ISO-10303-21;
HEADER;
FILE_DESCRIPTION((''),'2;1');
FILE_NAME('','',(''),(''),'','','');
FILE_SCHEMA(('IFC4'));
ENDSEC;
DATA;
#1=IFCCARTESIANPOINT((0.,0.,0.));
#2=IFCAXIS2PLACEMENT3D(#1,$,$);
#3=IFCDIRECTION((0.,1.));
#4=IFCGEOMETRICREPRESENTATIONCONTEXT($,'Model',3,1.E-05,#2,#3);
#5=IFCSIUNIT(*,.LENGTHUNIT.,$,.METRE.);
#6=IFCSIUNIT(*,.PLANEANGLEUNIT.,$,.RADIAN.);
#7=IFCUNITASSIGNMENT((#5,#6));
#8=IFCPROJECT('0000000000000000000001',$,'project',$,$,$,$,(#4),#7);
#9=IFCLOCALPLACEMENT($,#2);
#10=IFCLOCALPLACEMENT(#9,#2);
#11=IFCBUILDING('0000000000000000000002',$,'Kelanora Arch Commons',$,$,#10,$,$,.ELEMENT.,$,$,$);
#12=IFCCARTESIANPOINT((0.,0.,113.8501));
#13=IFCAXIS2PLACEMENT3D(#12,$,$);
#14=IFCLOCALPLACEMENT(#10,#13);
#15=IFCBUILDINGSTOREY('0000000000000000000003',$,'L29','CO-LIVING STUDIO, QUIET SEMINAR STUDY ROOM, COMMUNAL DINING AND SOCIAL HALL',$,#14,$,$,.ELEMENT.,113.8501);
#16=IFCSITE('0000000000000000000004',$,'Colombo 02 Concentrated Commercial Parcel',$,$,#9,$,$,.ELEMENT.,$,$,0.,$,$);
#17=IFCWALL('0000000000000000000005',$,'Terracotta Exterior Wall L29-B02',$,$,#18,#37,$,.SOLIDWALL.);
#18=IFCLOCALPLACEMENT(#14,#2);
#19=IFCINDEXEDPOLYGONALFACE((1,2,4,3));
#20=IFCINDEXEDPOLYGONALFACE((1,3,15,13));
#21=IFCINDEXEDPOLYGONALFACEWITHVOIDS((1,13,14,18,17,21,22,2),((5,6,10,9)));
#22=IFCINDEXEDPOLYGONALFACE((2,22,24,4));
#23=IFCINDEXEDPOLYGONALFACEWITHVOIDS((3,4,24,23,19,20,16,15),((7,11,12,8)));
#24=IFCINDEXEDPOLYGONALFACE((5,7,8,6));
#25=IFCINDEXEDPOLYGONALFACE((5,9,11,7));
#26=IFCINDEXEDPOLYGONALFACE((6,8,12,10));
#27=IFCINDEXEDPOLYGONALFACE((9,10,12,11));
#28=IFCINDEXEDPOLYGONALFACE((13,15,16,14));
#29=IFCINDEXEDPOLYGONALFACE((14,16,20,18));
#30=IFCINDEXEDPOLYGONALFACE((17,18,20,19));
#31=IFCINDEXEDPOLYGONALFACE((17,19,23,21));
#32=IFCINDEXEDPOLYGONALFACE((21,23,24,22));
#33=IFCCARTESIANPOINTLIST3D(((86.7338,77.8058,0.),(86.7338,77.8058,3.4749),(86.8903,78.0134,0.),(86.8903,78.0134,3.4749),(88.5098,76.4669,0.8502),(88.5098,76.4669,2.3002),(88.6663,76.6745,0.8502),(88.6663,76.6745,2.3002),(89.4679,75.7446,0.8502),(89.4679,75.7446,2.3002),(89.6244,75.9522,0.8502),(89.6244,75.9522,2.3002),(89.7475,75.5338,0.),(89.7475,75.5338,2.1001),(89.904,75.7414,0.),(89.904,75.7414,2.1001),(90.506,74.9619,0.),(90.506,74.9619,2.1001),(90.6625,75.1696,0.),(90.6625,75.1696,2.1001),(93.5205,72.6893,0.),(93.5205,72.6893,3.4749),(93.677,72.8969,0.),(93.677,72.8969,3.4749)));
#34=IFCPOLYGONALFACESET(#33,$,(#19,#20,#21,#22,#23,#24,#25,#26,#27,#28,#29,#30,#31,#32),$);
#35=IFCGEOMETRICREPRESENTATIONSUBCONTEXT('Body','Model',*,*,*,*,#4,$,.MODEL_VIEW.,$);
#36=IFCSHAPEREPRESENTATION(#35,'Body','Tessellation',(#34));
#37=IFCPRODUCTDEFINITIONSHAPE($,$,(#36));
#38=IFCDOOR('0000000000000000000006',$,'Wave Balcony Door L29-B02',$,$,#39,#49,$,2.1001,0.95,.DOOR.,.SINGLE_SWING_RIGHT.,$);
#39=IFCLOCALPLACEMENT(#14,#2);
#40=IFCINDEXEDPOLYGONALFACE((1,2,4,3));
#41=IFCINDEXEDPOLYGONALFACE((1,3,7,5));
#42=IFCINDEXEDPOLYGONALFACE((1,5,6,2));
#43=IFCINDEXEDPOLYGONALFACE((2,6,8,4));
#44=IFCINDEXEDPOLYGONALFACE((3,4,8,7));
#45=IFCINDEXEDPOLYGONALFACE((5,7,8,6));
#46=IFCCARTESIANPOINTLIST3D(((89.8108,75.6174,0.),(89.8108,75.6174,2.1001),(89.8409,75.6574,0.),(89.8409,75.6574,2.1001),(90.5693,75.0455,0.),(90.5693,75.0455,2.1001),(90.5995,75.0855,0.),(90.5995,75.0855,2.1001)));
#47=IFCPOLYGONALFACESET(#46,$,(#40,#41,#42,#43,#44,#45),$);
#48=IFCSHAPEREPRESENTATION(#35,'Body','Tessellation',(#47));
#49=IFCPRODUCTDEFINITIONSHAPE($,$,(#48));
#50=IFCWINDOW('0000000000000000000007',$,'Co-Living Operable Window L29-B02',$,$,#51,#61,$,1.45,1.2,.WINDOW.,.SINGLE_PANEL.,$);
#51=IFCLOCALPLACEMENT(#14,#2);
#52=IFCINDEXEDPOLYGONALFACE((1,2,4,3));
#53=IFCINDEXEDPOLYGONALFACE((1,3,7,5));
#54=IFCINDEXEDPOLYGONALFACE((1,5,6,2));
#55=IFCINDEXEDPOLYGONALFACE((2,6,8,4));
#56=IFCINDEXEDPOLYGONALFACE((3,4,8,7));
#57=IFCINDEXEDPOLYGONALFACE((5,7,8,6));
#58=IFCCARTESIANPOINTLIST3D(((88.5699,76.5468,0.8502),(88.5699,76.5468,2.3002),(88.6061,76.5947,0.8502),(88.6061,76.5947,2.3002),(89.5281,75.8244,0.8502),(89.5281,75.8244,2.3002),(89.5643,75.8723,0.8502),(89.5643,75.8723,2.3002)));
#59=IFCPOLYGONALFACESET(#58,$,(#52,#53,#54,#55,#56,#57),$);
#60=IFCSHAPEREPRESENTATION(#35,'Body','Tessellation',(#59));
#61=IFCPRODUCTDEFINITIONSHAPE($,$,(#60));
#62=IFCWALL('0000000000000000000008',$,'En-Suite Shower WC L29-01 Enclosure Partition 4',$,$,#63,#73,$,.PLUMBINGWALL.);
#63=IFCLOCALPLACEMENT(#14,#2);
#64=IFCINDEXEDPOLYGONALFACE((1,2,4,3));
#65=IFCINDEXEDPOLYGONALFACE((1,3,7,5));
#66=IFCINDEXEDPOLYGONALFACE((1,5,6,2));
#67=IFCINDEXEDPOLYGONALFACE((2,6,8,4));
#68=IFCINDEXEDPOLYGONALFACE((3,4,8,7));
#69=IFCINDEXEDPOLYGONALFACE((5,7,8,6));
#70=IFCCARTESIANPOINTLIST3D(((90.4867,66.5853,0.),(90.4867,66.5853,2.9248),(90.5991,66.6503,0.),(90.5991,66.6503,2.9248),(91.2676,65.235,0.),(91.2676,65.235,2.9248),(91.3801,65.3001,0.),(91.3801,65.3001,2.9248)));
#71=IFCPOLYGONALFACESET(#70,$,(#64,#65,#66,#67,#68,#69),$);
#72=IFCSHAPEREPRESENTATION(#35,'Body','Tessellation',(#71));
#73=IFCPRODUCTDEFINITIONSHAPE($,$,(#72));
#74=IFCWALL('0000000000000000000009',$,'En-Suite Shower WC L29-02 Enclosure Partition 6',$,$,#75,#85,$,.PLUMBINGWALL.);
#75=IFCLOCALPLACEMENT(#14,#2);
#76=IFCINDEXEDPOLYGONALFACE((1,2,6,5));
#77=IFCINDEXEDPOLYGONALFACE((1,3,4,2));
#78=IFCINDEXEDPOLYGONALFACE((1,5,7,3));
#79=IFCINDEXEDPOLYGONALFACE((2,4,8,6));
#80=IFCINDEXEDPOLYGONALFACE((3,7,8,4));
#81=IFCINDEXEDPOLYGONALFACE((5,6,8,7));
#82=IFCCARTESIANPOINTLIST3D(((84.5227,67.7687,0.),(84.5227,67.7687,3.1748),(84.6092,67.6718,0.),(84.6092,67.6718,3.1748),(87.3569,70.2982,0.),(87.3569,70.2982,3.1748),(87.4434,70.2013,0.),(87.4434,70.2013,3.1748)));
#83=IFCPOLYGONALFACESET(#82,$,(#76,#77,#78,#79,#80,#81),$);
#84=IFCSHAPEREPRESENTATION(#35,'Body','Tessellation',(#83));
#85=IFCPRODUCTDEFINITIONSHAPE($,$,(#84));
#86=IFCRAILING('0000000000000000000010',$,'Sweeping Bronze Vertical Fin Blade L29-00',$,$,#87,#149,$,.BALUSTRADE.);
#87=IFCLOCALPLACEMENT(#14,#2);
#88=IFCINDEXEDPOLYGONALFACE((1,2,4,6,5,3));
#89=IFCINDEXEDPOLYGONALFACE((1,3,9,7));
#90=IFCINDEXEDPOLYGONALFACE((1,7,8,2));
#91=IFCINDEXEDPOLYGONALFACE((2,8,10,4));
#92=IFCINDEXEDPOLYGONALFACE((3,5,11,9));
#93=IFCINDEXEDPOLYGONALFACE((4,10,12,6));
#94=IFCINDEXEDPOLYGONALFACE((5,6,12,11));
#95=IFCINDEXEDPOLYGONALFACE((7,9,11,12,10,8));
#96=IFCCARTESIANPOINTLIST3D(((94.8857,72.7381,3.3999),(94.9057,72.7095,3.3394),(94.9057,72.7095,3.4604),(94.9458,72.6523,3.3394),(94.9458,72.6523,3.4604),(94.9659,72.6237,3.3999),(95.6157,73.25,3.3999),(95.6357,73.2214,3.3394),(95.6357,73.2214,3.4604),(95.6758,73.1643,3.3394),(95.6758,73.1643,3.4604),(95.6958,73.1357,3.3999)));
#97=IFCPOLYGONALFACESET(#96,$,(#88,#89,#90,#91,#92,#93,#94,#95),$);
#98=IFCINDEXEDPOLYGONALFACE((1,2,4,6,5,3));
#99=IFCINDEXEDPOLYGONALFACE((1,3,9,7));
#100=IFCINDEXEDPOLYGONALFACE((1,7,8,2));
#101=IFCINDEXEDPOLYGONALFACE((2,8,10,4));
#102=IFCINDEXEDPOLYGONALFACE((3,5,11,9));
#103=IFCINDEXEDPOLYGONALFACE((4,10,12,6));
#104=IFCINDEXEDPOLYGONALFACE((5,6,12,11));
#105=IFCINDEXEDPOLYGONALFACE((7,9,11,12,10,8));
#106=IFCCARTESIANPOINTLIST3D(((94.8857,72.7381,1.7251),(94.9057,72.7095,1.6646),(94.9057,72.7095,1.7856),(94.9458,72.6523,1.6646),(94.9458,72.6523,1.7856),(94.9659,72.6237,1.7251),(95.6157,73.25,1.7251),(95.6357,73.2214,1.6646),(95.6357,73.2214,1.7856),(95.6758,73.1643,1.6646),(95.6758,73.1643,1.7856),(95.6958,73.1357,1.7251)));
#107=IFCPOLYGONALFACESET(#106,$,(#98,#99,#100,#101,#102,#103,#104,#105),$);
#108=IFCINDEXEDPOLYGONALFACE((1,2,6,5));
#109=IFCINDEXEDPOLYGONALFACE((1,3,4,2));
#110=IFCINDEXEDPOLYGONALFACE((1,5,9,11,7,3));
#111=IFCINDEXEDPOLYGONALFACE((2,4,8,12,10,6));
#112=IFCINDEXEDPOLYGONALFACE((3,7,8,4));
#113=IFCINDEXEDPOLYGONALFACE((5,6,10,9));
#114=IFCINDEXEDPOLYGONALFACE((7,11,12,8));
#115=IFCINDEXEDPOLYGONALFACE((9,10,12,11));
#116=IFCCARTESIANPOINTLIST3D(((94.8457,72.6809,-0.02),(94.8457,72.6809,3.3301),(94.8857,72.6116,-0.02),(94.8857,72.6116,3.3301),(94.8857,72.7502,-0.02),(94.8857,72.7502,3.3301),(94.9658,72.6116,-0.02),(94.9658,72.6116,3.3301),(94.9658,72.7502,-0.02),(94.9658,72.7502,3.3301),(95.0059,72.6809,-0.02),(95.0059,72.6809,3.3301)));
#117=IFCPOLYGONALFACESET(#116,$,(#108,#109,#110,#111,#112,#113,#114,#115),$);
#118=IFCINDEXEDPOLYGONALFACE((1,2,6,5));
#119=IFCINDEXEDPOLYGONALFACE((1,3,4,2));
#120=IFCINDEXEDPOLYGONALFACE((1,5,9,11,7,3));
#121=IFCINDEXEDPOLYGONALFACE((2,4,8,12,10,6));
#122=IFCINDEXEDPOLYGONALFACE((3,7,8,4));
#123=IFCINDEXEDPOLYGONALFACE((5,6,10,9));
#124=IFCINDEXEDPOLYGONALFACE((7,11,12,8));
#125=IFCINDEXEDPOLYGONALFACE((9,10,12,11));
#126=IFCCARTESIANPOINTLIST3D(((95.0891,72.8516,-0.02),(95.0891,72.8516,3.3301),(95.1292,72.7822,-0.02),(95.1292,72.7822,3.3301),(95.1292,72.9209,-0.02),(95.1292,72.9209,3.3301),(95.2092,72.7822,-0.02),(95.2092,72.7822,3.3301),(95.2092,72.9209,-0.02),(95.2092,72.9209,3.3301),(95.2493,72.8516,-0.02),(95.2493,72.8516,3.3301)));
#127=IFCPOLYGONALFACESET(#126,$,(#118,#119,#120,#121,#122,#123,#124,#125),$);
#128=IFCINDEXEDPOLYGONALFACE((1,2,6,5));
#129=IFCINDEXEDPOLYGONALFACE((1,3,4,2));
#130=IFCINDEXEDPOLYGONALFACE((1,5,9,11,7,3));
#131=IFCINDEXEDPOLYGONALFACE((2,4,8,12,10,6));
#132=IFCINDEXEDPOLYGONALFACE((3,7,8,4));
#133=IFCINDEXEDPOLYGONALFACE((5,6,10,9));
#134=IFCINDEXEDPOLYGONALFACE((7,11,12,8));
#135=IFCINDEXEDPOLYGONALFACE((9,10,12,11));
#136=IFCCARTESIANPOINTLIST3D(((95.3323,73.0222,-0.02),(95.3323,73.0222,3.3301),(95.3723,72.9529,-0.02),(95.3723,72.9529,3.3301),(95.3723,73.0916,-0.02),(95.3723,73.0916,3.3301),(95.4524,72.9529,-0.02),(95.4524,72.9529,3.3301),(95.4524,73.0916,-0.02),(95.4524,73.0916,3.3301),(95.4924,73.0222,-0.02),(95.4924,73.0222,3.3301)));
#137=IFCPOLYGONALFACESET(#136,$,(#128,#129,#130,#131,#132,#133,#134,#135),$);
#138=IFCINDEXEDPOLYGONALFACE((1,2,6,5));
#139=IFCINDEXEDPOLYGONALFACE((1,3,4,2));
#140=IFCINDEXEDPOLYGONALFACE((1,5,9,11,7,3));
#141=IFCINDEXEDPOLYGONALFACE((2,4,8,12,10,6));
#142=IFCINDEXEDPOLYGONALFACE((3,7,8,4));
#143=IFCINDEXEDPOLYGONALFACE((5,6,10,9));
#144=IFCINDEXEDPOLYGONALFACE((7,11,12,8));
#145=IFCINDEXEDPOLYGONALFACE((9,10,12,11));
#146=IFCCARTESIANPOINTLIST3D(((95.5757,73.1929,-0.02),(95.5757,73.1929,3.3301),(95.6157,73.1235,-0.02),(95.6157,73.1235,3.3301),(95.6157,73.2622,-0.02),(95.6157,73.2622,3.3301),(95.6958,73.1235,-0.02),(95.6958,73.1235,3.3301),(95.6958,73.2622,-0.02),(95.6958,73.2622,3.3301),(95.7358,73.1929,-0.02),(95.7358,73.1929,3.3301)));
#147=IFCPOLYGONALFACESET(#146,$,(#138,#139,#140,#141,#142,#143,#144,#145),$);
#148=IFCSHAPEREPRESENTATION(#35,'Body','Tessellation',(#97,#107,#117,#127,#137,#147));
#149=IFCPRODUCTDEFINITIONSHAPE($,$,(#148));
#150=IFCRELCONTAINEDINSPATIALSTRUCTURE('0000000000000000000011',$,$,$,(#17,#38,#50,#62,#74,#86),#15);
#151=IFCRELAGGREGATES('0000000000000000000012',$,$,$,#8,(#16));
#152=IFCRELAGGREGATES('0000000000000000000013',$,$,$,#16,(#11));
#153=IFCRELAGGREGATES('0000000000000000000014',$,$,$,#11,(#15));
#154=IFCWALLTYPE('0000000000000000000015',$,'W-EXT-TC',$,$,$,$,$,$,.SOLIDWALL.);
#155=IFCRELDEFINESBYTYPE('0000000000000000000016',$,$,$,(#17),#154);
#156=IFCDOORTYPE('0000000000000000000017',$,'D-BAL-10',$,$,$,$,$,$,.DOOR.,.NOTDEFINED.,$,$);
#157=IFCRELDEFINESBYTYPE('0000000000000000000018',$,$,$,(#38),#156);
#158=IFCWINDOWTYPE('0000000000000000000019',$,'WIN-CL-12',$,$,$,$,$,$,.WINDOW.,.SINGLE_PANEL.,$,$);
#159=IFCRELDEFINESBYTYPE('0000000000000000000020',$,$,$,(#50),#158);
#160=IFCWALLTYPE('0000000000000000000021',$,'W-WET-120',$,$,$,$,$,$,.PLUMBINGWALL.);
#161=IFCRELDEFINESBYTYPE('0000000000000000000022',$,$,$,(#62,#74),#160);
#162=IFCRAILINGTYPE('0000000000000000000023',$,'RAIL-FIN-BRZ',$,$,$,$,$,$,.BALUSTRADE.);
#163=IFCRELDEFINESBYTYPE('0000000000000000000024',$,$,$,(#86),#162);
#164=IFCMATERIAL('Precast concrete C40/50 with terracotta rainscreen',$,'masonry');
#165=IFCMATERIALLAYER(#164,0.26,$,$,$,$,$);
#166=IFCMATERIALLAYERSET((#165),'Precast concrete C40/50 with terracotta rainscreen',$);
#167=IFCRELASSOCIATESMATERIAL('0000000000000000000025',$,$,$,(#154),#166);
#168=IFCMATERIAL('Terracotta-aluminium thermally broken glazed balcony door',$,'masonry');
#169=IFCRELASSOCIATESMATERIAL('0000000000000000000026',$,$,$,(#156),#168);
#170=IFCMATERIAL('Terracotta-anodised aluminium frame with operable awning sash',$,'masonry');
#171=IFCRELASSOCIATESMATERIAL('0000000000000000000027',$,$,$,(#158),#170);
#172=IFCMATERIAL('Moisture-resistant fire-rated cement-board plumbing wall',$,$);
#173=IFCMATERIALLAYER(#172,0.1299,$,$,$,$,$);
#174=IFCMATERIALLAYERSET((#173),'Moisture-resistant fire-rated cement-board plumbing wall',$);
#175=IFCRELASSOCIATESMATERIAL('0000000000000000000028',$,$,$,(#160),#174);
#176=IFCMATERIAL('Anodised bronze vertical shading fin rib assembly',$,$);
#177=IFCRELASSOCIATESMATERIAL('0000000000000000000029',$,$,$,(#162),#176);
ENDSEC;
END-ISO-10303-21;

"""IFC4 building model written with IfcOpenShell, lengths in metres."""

from ifc_helpers import new_model, si_unit, direction, frame, frame_2d, origin, place, context, subcontext, project, spatial, polyline, rectangle, outline, extrude, material, layer, layer_set, type_object, element, fill, save


model = new_model("IFC4")

# Units and contexts
model_context = context("Model", 3, precision=1e-05, world=origin(), true_north=direction((0.0, 1.0)))
body_context = subcontext(model_context, "Body", "Model", "MODEL_VIEW")
ifc_project = project(units=[si_unit("LENGTHUNIT", "METRE"), si_unit("PLANEANGLEUNIT", "RADIAN")], contexts=[model_context])

# Site, building, storey
site_placement = place(None, origin())
site = spatial("IfcSite", under=ifc_project, at=site_placement, Name="Colombo 02 Concentrated Commercial Parcel", CompositionType="ELEMENT", RefElevation=0.0)
building_placement = place(site_placement, origin())
building = spatial("IfcBuilding", under=site, at=building_placement, Name="Kelanora Arch Commons", CompositionType="ELEMENT")
storey_placement = place(building_placement, frame((0.0, 0.0, 113.8501)))
storey = spatial("IfcBuildingStorey", under=building, at=storey_placement, Name="L29", Description="CO-LIVING STUDIO, QUIET SEMINAR STUDY ROOM, COMMUNAL DINING AND SOCIAL HALL", CompositionType="ELEMENT", Elevation=113.8501)

# Wall, openings, door, window
ifc_material_1 = material(Name="Precast concrete C40/50 with terracotta rainscreen", Category="masonry")
ifc_layer_1 = layer(ifc_material_1, 0.26)
ifc_layer_set_1 = layer_set([ifc_layer_1], Name="Precast concrete C40/50 with terracotta rainscreen")
wall_type_1 = type_object("IfcWallType", Name="W-EXT-TC", PredefinedType="SOLIDWALL", material=ifc_layer_set_1)
ifc_material_2 = material(Name="Terracotta-aluminium thermally broken glazed balcony door", Category="masonry")
door_type = type_object("IfcDoorType", Name="D-BAL-10", OperationType="NOTDEFINED", PredefinedType="DOOR", material=ifc_material_2)
ifc_material_3 = material(Name="Terracotta-anodised aluminium frame with operable awning sash", Category="masonry")
window_type = type_object("IfcWindowType", Name="WIN-CL-12", PartitioningType="SINGLE_PANEL", PredefinedType="WINDOW", material=ifc_material_3)
wall_1_placement = place(storey_placement, frame((93.5986, 72.7932, 0.0), z_axis=(0.0, 0.0, 1.0), x_axis=(-0.798502, 0.601993, 0.0)))
wall_1 = element("IfcWall", 1, at=wall_1_placement, inside=storey, type_object=wall_type_1, Name="Terracotta Exterior Wall L29-B02", PredefinedType="SOLIDWALL", context=body_context, shape_type="SweptSolid", body=[
    extrude(rectangle(XDim=8.4993, YDim=0.26, at=frame_2d((4.2495, 0.0))), origin(), (0.0, 0.0, 1.0), 3.4749),
])
opening_1_placement = place(wall_1_placement, frame((3.7749, 0.0, 0.0)))
opening_1 = element("IfcOpeningElement", 2, at=opening_1_placement, cuts=wall_1, PredefinedType="OPENING", context=body_context, shape_type="SweptSolid", body=[
    extrude(rectangle(XDim=0.95, YDim=2.1001, at=frame_2d((0.4751, 1.05))), frame((0.0, 0.1401, 0.0), z_axis=(0.0, -1.0, 0.0), x_axis=(1.0, 0.0, 0.0)), (0.0, 0.0, 1.0), 0.28),
])
opening_2_placement = place(wall_1_placement, frame((5.075, 0.0, 0.8501)))
opening_2 = element("IfcOpeningElement", 3, at=opening_2_placement, cuts=wall_1, PredefinedType="OPENING", context=body_context, shape_type="SweptSolid", body=[
    extrude(rectangle(XDim=1.2, YDim=1.45, at=frame_2d((0.6001, 0.7251))), frame((0.0, 0.1401, 0.0), z_axis=(0.0, -1.0, 0.0), x_axis=(1.0, 0.0, 0.0)), (0.0, 0.0, 1.0), 0.28),
])
door_1_placement = place(opening_1_placement, frame((0.95, 0.0, 0.0), z_axis=(0.0, 0.0, 1.0), x_axis=(-1.0, 0.0, 0.0)))
door_1 = element("IfcDoor", 4, at=door_1_placement, inside=storey, type_object=door_type, Name="Wave Balcony Door L29-B02", OperationType="SINGLE_SWING_RIGHT", OverallHeight=2.1001, OverallWidth=0.95, PredefinedType="DOOR", context=body_context, shape_type="SweptSolid", body=[
    extrude(rectangle(XDim=0.95, YDim=2.1001, at=frame_2d((0.4751, 1.05))), frame((0.0, 0.0249, 0.0), z_axis=(0.0, -1.0, 0.0), x_axis=(1.0, 0.0, 0.0)), (0.0, 0.0, 1.0), 0.05),
])
fill(opening_1, door_1)
window_1_placement = place(opening_2_placement, origin())
window_1 = element("IfcWindow", 5, at=window_1_placement, inside=storey, type_object=window_type, Name="Co-Living Operable Window L29-B02", OverallHeight=1.45, OverallWidth=1.2, PartitioningType="SINGLE_PANEL", PredefinedType="WINDOW", context=body_context, shape_type="SweptSolid", body=[
    extrude(rectangle(XDim=1.2, YDim=1.45, at=frame_2d((0.6001, 0.7251))), frame((0.0, 0.03, 0.0), z_axis=(0.0, -1.0, 0.0), x_axis=(1.0, 0.0, 0.0)), (0.0, 0.0, 1.0), 0.0601),
])
fill(opening_2, window_1)

# Walls
ifc_material_4 = material(Name="Moisture-resistant fire-rated cement-board plumbing wall")
ifc_layer_2 = layer(ifc_material_4, 0.1299)
ifc_layer_set_2 = layer_set([ifc_layer_2], Name="Moisture-resistant fire-rated cement-board plumbing wall")
wall_type_2 = type_object("IfcWallType", Name="W-WET-120", PredefinedType="PLUMBINGWALL", material=ifc_layer_set_2)
wall_2_placement = place(storey_placement, frame((90.543, 66.6177, 0.0), z_axis=(0.0, 0.0, 1.0), x_axis=(0.500666, -0.865641, 0.0)))
element("IfcWall", 6, at=wall_2_placement, inside=storey, type_object=wall_type_2, Name="En-Suite Shower WC L29-01 Enclosure Partition 4", PredefinedType="PLUMBINGWALL", context=body_context, shape_type="SweptSolid", body=[
    extrude(rectangle(XDim=1.5598, YDim=0.1299, at=frame_2d((0.7798, 0.0))), origin(), (0.0, 0.0, 1.0), 2.9248),
])
wall_3_placement = place(storey_placement, frame((87.4001, 70.2498, 0.0), z_axis=(0.0, 0.0, 1.0), x_axis=(-0.746071, -0.665866, 0.0)))
element("IfcWall", 7, at=wall_3_placement, inside=storey, type_object=wall_type_2, Name="En-Suite Shower WC L29-02 Enclosure Partition 6", PredefinedType="PLUMBINGWALL", context=body_context, shape_type="SweptSolid", body=[
    extrude(rectangle(XDim=3.7988, YDim=0.1299, at=frame_2d((1.8994, 0.0))), origin(), (0.0, 0.0, 1.0), 3.1748),
])

# Railing
ifc_material_5 = material(Name="Anodised bronze vertical shading fin rib assembly")
railing_type = type_object("IfcRailingType", Name="RAIL-FIN-BRZ", PredefinedType="BALUSTRADE", material=ifc_material_5)
railing_1_placement = place(storey_placement, frame((94.9258, 72.6809, -0.02)))
element("IfcRailing", 8, at=railing_1_placement, inside=storey, type_object=railing_type, Name="Sweeping Bronze Vertical Fin Blade L29-00", PredefinedType="BALUSTRADE", context=body_context, shape_type="SweptSolid", body=[
    extrude(outline(polyline([(0.0698, 0.0), (0.0349, 0.0605), (-0.0349, 0.0605), (-0.0698, 0.0), (-0.0349, -0.0605), (0.0349, -0.0605), (0.0698, 0.0)])), frame((0.0, 0.0, 3.4199), z_axis=(0.818717, 0.574197, 0.0), x_axis=(-0.574197, 0.818717, 0.0)), (0.0, 0.0, 1.0), 0.8916),
    extrude(outline(polyline([(0.0698, 0.0), (0.0349, 0.0605), (-0.0349, 0.0605), (-0.0698, 0.0), (-0.0349, -0.0605), (0.0349, -0.0605), (0.0698, 0.0)])), frame((0.0, 0.0, 1.7451), z_axis=(0.818717, 0.574197, 0.0), x_axis=(-0.574197, 0.818717, 0.0)), (0.0, 0.0, 1.0), 0.8916),
    extrude(outline(polyline([(0.0801, 0.0), (0.04, 0.0693), (-0.04, 0.0693), (-0.0801, 0.0), (-0.04, -0.0693), (0.04, -0.0693), (0.0801, 0.0)])), origin(), (0.0, 0.0, 1.0), 3.3501),
    extrude(outline(polyline([(0.0801, 0.0), (0.04, 0.0693), (-0.04, 0.0693), (-0.0801, 0.0), (-0.04, -0.0693), (0.04, -0.0693), (0.0801, 0.0)])), frame((0.2434, 0.1707, 0.0)), (0.0, 0.0, 1.0), 3.3501),
    extrude(outline(polyline([(0.0801, 0.0), (0.04, 0.0693), (-0.04, 0.0693), (-0.0801, 0.0), (-0.04, -0.0693), (0.04, -0.0693), (0.0801, 0.0)])), frame((0.4866, 0.3413, 0.0)), (0.0, 0.0, 1.0), 3.3501),
    extrude(outline(polyline([(0.0801, 0.0), (0.04, 0.0693), (-0.04, 0.0693), (-0.0801, 0.0), (-0.04, -0.0693), (0.04, -0.0693), (0.0801, 0.0)])), frame((0.73, 0.512, 0.0)), (0.0, 0.0, 1.0), 3.3501),
])

save(model, "model.ifc")
